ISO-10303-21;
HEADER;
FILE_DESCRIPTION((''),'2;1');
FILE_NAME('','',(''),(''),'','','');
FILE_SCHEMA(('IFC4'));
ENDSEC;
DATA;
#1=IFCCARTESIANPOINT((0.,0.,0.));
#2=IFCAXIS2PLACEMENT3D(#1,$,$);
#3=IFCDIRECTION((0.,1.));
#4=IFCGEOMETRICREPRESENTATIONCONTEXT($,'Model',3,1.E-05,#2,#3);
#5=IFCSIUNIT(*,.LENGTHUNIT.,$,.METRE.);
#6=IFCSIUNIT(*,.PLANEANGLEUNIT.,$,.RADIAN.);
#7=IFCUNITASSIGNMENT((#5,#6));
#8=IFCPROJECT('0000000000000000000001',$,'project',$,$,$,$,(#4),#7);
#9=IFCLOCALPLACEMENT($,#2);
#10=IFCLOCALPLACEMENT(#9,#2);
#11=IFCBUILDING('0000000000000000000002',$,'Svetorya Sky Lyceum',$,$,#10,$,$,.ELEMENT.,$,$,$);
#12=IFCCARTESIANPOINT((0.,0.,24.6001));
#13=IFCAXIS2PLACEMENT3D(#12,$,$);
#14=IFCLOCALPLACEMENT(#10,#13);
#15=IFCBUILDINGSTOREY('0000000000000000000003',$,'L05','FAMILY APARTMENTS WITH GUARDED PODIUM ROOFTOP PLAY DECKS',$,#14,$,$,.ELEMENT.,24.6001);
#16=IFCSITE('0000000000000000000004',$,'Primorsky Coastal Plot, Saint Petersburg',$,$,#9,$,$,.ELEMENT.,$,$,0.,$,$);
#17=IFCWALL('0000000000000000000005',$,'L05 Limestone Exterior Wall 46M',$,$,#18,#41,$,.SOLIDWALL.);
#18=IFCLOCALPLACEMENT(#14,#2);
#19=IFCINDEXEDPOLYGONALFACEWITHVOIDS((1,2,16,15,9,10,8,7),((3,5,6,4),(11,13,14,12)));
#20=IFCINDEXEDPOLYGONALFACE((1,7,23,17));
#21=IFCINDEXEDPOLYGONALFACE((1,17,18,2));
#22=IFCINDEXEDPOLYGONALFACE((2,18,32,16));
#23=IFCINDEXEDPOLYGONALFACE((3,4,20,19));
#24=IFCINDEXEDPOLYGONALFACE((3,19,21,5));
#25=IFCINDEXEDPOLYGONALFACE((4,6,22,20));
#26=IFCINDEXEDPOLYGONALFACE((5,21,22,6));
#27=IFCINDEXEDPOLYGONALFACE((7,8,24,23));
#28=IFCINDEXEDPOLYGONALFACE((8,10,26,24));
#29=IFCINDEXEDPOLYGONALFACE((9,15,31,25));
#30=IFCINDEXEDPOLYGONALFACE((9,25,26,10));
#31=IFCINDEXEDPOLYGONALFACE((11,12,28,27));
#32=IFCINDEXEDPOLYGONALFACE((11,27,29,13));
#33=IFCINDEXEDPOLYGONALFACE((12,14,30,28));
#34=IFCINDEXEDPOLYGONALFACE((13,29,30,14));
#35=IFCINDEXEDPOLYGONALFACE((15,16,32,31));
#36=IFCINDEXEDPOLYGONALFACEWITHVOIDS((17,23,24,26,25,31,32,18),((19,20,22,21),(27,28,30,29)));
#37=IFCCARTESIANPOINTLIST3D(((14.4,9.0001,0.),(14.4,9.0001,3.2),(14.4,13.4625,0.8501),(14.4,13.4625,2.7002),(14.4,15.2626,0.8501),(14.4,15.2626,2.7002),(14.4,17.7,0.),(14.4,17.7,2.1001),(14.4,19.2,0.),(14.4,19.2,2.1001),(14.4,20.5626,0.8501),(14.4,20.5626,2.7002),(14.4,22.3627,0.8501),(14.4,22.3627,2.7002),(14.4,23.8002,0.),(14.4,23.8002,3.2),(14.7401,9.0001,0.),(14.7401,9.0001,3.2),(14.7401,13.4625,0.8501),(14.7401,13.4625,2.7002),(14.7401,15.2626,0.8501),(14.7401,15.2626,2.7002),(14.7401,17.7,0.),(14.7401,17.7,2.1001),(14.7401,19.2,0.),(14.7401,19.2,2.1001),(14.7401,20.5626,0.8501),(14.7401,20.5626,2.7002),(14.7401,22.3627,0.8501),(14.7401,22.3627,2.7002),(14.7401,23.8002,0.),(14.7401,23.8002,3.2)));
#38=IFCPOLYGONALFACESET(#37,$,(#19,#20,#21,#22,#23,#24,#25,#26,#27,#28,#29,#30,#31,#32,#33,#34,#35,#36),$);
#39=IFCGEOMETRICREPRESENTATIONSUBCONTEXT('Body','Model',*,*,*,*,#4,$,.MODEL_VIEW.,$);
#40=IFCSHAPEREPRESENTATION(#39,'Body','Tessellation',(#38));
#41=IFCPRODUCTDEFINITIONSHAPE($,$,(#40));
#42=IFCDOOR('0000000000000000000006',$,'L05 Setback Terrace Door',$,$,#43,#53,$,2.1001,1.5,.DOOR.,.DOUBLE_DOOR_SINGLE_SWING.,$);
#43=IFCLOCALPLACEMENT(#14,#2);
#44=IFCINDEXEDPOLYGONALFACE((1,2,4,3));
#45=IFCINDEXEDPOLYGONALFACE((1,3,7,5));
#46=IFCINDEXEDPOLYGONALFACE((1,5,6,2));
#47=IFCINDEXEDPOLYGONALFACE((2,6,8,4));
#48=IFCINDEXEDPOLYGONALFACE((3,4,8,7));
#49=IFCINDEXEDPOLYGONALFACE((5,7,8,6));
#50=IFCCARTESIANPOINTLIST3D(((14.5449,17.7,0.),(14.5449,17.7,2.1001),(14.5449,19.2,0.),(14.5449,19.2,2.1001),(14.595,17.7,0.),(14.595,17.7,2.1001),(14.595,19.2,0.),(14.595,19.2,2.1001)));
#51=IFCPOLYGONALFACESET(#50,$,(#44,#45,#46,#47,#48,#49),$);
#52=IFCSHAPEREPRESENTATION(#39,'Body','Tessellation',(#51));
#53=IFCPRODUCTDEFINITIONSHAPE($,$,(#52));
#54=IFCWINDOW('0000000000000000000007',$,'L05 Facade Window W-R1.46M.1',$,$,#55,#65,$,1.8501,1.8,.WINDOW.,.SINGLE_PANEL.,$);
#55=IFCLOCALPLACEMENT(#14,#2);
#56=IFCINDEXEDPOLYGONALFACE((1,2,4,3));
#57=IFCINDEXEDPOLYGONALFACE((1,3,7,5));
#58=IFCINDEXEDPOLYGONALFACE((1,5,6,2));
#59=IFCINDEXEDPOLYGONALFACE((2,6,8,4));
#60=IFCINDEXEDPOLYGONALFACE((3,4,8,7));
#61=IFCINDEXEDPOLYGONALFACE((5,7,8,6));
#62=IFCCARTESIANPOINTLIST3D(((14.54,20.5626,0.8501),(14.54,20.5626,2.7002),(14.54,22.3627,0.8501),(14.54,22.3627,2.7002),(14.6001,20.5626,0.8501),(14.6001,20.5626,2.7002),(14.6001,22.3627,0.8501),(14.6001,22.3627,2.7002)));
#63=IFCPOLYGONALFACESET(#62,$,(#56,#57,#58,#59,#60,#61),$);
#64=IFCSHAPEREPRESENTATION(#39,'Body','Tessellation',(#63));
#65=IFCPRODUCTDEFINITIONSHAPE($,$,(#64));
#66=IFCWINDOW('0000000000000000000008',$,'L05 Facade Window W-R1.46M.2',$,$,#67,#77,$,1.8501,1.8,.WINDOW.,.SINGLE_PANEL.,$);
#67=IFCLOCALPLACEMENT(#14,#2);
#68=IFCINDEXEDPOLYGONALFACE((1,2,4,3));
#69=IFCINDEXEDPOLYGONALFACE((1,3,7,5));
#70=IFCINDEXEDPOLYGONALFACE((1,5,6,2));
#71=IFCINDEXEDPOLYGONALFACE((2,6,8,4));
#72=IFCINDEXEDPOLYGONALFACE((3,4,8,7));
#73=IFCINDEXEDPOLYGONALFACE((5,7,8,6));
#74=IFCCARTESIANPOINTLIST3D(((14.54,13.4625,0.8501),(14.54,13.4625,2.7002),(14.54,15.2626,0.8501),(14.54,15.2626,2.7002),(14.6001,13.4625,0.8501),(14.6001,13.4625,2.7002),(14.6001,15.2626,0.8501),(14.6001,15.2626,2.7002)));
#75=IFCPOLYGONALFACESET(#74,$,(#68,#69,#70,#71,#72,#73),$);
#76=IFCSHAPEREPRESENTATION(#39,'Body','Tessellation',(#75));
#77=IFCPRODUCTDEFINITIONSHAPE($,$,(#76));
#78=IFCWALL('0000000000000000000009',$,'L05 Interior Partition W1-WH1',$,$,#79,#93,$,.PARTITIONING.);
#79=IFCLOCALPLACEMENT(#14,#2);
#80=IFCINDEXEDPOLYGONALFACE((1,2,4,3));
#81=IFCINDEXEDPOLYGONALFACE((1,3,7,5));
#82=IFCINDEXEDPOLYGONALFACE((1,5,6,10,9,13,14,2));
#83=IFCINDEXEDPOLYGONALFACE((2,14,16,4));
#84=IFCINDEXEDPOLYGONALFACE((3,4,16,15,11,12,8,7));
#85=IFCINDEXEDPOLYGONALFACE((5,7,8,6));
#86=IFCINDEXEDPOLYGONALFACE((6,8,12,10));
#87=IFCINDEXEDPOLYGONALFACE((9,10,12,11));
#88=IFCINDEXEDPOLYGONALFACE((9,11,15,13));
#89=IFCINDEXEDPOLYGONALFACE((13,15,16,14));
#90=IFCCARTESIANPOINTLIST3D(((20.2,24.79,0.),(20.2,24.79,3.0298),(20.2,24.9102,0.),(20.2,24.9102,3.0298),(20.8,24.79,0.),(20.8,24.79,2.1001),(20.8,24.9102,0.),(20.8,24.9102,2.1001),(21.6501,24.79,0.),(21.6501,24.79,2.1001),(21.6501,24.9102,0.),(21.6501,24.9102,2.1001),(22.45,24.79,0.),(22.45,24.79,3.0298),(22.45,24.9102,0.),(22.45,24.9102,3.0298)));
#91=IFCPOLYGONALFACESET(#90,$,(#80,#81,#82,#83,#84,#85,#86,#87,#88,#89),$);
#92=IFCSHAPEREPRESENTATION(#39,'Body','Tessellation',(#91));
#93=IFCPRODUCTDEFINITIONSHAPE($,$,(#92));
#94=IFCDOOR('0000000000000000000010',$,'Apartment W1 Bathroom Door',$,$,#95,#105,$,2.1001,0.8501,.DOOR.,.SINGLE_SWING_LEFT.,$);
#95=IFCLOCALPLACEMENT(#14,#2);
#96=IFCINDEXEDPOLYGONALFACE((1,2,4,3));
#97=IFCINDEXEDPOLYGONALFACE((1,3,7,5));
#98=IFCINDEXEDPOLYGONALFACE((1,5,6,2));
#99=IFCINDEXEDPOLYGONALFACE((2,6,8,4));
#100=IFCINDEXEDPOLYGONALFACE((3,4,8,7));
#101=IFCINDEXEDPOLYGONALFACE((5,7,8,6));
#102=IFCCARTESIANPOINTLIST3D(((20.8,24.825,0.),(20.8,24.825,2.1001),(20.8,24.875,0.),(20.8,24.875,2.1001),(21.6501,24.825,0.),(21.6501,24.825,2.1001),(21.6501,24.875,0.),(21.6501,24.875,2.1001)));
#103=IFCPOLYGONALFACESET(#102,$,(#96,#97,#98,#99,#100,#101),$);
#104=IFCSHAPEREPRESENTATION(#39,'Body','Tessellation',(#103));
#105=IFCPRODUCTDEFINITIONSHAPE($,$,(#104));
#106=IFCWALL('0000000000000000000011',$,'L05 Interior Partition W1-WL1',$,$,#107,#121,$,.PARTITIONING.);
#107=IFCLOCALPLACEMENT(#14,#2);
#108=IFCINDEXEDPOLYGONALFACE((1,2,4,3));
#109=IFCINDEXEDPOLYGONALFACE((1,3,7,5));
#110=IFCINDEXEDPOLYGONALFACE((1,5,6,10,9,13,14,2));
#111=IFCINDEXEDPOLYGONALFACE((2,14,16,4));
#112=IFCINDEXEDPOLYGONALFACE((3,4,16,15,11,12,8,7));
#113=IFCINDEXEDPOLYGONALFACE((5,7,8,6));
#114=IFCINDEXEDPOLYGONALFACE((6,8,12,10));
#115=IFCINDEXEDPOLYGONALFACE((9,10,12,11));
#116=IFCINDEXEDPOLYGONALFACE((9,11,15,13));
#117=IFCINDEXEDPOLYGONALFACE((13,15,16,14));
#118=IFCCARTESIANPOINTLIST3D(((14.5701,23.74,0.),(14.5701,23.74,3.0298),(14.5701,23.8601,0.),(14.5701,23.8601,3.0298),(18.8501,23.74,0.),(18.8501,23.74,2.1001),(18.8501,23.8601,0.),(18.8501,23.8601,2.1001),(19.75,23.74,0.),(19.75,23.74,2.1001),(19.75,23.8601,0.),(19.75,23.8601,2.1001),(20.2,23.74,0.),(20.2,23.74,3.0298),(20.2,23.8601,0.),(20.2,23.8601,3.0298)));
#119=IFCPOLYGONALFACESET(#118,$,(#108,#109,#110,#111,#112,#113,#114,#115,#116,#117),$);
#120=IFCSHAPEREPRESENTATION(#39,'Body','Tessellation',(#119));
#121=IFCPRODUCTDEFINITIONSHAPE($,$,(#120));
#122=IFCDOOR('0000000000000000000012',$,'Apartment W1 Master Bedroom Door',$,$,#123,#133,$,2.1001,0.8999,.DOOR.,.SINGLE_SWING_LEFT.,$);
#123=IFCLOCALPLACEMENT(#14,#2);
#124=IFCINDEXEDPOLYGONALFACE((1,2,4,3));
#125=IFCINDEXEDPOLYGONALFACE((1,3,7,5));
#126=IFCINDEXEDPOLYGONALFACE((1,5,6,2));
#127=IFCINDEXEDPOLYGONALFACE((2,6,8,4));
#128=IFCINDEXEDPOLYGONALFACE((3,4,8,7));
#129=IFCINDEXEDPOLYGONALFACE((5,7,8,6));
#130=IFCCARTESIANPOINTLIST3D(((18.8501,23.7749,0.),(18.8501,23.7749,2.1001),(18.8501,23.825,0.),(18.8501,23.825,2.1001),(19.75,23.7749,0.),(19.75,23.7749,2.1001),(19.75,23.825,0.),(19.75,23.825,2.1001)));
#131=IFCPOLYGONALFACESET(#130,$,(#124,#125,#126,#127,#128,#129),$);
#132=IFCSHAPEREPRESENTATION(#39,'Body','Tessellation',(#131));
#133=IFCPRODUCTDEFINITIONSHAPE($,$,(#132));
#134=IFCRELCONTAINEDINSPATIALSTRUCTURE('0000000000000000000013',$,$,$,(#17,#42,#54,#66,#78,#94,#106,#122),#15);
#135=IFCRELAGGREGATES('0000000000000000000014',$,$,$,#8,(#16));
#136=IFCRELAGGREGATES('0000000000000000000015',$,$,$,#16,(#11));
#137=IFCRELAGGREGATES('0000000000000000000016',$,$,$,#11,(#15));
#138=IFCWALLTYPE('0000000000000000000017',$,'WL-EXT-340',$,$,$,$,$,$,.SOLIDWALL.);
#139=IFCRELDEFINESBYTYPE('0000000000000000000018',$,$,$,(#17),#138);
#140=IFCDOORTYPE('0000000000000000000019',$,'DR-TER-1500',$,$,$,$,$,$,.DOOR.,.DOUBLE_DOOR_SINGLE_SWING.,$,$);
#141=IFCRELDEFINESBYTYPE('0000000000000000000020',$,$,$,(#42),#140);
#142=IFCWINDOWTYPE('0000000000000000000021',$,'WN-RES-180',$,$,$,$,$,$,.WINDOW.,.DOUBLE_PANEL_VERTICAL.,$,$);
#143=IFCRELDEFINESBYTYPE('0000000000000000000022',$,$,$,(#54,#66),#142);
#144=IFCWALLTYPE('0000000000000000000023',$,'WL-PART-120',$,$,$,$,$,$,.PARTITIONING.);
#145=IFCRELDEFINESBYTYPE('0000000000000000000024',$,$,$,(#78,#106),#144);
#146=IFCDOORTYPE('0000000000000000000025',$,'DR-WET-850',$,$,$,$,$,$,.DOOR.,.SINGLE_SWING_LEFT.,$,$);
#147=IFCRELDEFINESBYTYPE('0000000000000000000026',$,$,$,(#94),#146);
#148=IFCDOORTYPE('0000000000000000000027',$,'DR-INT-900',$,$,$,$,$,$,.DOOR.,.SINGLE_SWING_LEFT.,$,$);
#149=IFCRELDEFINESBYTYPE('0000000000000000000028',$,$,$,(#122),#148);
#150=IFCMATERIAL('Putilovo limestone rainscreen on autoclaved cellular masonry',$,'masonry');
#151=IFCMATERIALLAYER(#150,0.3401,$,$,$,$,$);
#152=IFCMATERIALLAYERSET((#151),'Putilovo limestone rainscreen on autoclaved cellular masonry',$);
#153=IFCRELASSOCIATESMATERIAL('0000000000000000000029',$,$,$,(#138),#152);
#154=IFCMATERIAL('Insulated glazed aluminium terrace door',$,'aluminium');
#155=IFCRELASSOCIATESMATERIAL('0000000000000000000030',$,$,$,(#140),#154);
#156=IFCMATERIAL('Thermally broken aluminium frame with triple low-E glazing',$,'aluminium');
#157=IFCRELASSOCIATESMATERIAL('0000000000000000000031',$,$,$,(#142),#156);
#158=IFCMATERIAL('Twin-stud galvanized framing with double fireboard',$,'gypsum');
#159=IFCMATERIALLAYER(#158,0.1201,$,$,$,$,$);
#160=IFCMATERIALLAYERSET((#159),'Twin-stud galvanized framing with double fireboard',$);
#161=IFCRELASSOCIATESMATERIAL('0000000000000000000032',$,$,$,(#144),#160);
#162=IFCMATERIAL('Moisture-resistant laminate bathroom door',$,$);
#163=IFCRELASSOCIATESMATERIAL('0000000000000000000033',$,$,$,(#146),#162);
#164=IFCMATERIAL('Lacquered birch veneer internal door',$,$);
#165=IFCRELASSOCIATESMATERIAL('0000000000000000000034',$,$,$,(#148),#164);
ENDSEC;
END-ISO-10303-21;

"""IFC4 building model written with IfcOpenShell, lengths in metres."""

from ifc_helpers import new_model, si_unit, direction, frame, frame_2d, origin, place, context, subcontext, project, spatial, rectangle, extrude, material, layer, layer_set, type_object, element, fill, save


model = new_model("IFC4")

# Units and contexts
model_context = context("Model", 3, precision=1e-05, world=origin(), true_north=direction((0.0, 1.0)))
body_context = subcontext(model_context, "Body", "Model", "MODEL_VIEW")
ifc_project = project(units=[si_unit("LENGTHUNIT", "METRE"), si_unit("PLANEANGLEUNIT", "RADIAN")], contexts=[model_context])

# Site, building, storey
site_placement = place(None, origin())
site = spatial("IfcSite", under=ifc_project, at=site_placement, Name="Primorsky Coastal Plot, Saint Petersburg", CompositionType="ELEMENT", RefElevation=0.0)
building_placement = place(site_placement, origin())
building = spatial("IfcBuilding", under=site, at=building_placement, Name="Svetorya Sky Lyceum", CompositionType="ELEMENT")
storey_placement = place(building_placement, frame((0.0, 0.0, 24.6001)))
storey = spatial("IfcBuildingStorey", under=building, at=storey_placement, Name="L05", Description="FAMILY APARTMENTS WITH GUARDED PODIUM ROOFTOP PLAY DECKS", CompositionType="ELEMENT", Elevation=24.6001)

# Shared definitions
ifc_material_1 = material(Name="Putilovo limestone rainscreen on autoclaved cellular masonry", Category="masonry")
ifc_layer_1 = layer(ifc_material_1, 0.3401)
ifc_layer_set_1 = layer_set([ifc_layer_1], Name="Putilovo limestone rainscreen on autoclaved cellular masonry")
wall_type_1 = type_object("IfcWallType", Name="WL-EXT-340", PredefinedType="SOLIDWALL", material=ifc_layer_set_1)

# Shared definitions
ifc_material_2 = material(Name="Thermally broken aluminium frame with triple low-E glazing", Category="aluminium")

# Wall, openings, door, windows
wall_1_placement = place(storey_placement, frame((14.5701, 23.8, 0.0), z_axis=(0.0, 0.0, 1.0), x_axis=(0.0, -1.0, 0.0)))
wall_1 = element("IfcWall", 1, at=wall_1_placement, inside=storey, type_object=wall_type_1, Name="L05 Limestone Exterior Wall 46M", PredefinedType="SOLIDWALL", context=body_context, shape_type="SweptSolid", body=[
    extrude(rectangle(XDim=14.8, YDim=0.3401, at=frame_2d((7.3999, 0.0))), origin(), (0.0, 0.0, 1.0), 3.2),
])
opening_1_placement = place(wall_1_placement, frame((1.4375, 0.0, 0.8501)))
opening_1 = element("IfcOpeningElement", 2, at=opening_1_placement, cuts=wall_1, PredefinedType="OPENING", context=body_context, shape_type="SweptSolid", body=[
    extrude(rectangle(XDim=1.8, YDim=1.8501, at=frame_2d((0.8999, 0.925))), frame((0.0, 0.1799, 0.0), z_axis=(0.0, -1.0, 0.0), x_axis=(1.0, 0.0, 0.0)), (0.0, 0.0, 1.0), 0.3601),
])
opening_2_placement = place(wall_1_placement, frame((4.6001, 0.0, 0.0)))
opening_2 = element("IfcOpeningElement", 3, at=opening_2_placement, cuts=wall_1, PredefinedType="OPENING", context=body_context, shape_type="SweptSolid", body=[
    extrude(rectangle(XDim=1.5, YDim=2.1001, at=frame_2d((0.75, 1.05))), frame((0.0, 0.1799, 0.0), z_axis=(0.0, -1.0, 0.0), x_axis=(1.0, 0.0, 0.0)), (0.0, 0.0, 1.0), 0.3601),
])
opening_3_placement = place(wall_1_placement, frame((8.5376, 0.0, 0.8501)))
opening_3 = element("IfcOpeningElement", 4, at=opening_3_placement, cuts=wall_1, PredefinedType="OPENING", context=body_context, shape_type="SweptSolid", body=[
    extrude(rectangle(XDim=1.8, YDim=1.8501, at=frame_2d((0.8999, 0.925))), frame((0.0, 0.1799, 0.0), z_axis=(0.0, -1.0, 0.0), x_axis=(1.0, 0.0, 0.0)), (0.0, 0.0, 1.0), 0.3601),
])
ifc_material_3 = material(Name="Insulated glazed aluminium terrace door", Category="aluminium")
door_type_1 = type_object("IfcDoorType", Name="DR-TER-1500", OperationType="DOUBLE_DOOR_SINGLE_SWING", PredefinedType="DOOR", material=ifc_material_3)
door_1_placement = place(opening_2_placement, origin())
door_1 = element("IfcDoor", 5, at=door_1_placement, inside=storey, type_object=door_type_1, Name="L05 Setback Terrace Door", OperationType="DOUBLE_DOOR_SINGLE_SWING", OverallHeight=2.1001, OverallWidth=1.5, PredefinedType="DOOR", context=body_context, shape_type="SweptSolid", body=[
    extrude(rectangle(XDim=1.5, YDim=2.1001, at=frame_2d((0.75, 1.05))), frame((0.0, 0.0249, 0.0), z_axis=(0.0, -1.0, 0.0), x_axis=(1.0, 0.0, 0.0)), (0.0, 0.0, 1.0), 0.05),
])
fill(opening_2, door_1)
window_type_1 = type_object("IfcWindowType", Name="WN-RES-180", PartitioningType="DOUBLE_PANEL_VERTICAL", PredefinedType="WINDOW", material=ifc_material_2)
window_1_placement = place(opening_1_placement, origin())
window_1 = element("IfcWindow", 6, at=window_1_placement, inside=storey, type_object=window_type_1, Name="L05 Facade Window W-R1.46M.1", OverallHeight=1.8501, OverallWidth=1.8, PartitioningType="SINGLE_PANEL", PredefinedType="WINDOW", context=body_context, shape_type="SweptSolid", body=[
    extrude(rectangle(XDim=1.8, YDim=1.8501, at=frame_2d((0.8999, 0.925))), frame((0.0, 0.03, 0.0), z_axis=(0.0, -1.0, 0.0), x_axis=(1.0, 0.0, 0.0)), (0.0, 0.0, 1.0), 0.0601),
])
fill(opening_1, window_1)
window_2_placement = place(opening_3_placement, origin())
window_2 = element("IfcWindow", 7, at=window_2_placement, inside=storey, type_object=window_type_1, Name="L05 Facade Window W-R1.46M.2", OverallHeight=1.8501, OverallWidth=1.8, PartitioningType="SINGLE_PANEL", PredefinedType="WINDOW", context=body_context, shape_type="SweptSolid", body=[
    extrude(rectangle(XDim=1.8, YDim=1.8501, at=frame_2d((0.8999, 0.925))), frame((0.0, 0.03, 0.0), z_axis=(0.0, -1.0, 0.0), x_axis=(1.0, 0.0, 0.0)), (0.0, 0.0, 1.0), 0.0601),
])
fill(opening_3, window_2)

# Walls, openings, doors
ifc_material_4 = material(Name="Twin-stud galvanized framing with double fireboard", Category="gypsum")
ifc_layer_2 = layer(ifc_material_4, 0.1201)
ifc_layer_set_2 = layer_set([ifc_layer_2], Name="Twin-stud galvanized framing with double fireboard")
wall_type_2 = type_object("IfcWallType", Name="WL-PART-120", PredefinedType="PARTITIONING", material=ifc_layer_set_2)
wall_2_placement = place(storey_placement, frame((20.2, 24.8501, 0.0), z_axis=(0.0, 0.0, 1.0), x_axis=(1.0, 0.0, 0.0)))
wall_2 = element("IfcWall", 8, at=wall_2_placement, inside=storey, type_object=wall_type_2, Name="L05 Interior Partition W1-WH1", PredefinedType="PARTITIONING", context=body_context, shape_type="SweptSolid", body=[
    extrude(rectangle(XDim=2.25, YDim=0.1201, at=frame_2d((1.125, 0.0))), origin(), (0.0, 0.0, 1.0), 3.0298),
])
opening_4_placement = place(wall_2_placement, frame((0.6001, 0.0, 0.0)))
opening_4 = element("IfcOpeningElement", 9, at=opening_4_placement, cuts=wall_2, PredefinedType="OPENING", context=body_context, shape_type="SweptSolid", body=[
    extrude(rectangle(XDim=0.8501, YDim=2.1001, at=frame_2d((0.425, 1.05))), frame((0.0, 0.0701, 0.0), z_axis=(0.0, -1.0, 0.0), x_axis=(1.0, 0.0, 0.0)), (0.0, 0.0, 1.0), 0.1401),
])
ifc_material_5 = material(Name="Moisture-resistant laminate bathroom door")
door_type_2 = type_object("IfcDoorType", Name="DR-WET-850", OperationType="SINGLE_SWING_LEFT", PredefinedType="DOOR", material=ifc_material_5)
door_2_placement = place(opening_4_placement, origin())
door_2 = element("IfcDoor", 10, at=door_2_placement, inside=storey, type_object=door_type_2, Name="Apartment W1 Bathroom Door", OperationType="SINGLE_SWING_LEFT", OverallHeight=2.1001, OverallWidth=0.8501, PredefinedType="DOOR", context=body_context, shape_type="SweptSolid", body=[
    extrude(rectangle(XDim=0.8501, YDim=2.1001, at=frame_2d((0.425, 1.05))), frame((0.0, 0.0249, 0.0), z_axis=(0.0, -1.0, 0.0), x_axis=(1.0, 0.0, 0.0)), (0.0, 0.0, 1.0), 0.05),
])
fill(opening_4, door_2)
wall_3_placement = place(storey_placement, frame((14.5701, 23.8, 0.0), z_axis=(0.0, 0.0, 1.0), x_axis=(1.0, 0.0, 0.0)))
wall_3 = element("IfcWall", 11, at=wall_3_placement, inside=storey, type_object=wall_type_2, Name="L05 Interior Partition W1-WL1", PredefinedType="PARTITIONING", context=body_context, shape_type="SweptSolid", body=[
    extrude(rectangle(XDim=5.6299, YDim=0.1201, at=frame_2d((2.8149, 0.0))), origin(), (0.0, 0.0, 1.0), 3.0298),
])
opening_5_placement = place(wall_3_placement, frame((4.28, 0.0, 0.0)))
opening_5 = element("IfcOpeningElement", 12, at=opening_5_placement, cuts=wall_3, PredefinedType="OPENING", context=body_context, shape_type="SweptSolid", body=[
    extrude(rectangle(XDim=0.8999, YDim=2.1001, at=frame_2d((0.45, 1.05))), frame((0.0, 0.0701, 0.0), z_axis=(0.0, -1.0, 0.0), x_axis=(1.0, 0.0, 0.0)), (0.0, 0.0, 1.0), 0.1401),
])
ifc_material_6 = material(Name="Lacquered birch veneer internal door")
door_type_3 = type_object("IfcDoorType", Name="DR-INT-900", OperationType="SINGLE_SWING_LEFT", PredefinedType="DOOR", material=ifc_material_6)
door_3_placement = place(opening_5_placement, origin())
door_3 = element("IfcDoor", 13, at=door_3_placement, inside=storey, type_object=door_type_3, Name="Apartment W1 Master Bedroom Door", OperationType="SINGLE_SWING_LEFT", OverallHeight=2.1001, OverallWidth=0.8999, PredefinedType="DOOR", context=body_context, shape_type="SweptSolid", body=[
    extrude(rectangle(XDim=0.8999, YDim=2.1001, at=frame_2d((0.45, 1.05))), frame((0.0, 0.0249, 0.0), z_axis=(0.0, -1.0, 0.0), x_axis=(1.0, 0.0, 0.0)), (0.0, 0.0, 1.0), 0.05),
])
fill(opening_5, door_3)

save(model, "model.ifc")
